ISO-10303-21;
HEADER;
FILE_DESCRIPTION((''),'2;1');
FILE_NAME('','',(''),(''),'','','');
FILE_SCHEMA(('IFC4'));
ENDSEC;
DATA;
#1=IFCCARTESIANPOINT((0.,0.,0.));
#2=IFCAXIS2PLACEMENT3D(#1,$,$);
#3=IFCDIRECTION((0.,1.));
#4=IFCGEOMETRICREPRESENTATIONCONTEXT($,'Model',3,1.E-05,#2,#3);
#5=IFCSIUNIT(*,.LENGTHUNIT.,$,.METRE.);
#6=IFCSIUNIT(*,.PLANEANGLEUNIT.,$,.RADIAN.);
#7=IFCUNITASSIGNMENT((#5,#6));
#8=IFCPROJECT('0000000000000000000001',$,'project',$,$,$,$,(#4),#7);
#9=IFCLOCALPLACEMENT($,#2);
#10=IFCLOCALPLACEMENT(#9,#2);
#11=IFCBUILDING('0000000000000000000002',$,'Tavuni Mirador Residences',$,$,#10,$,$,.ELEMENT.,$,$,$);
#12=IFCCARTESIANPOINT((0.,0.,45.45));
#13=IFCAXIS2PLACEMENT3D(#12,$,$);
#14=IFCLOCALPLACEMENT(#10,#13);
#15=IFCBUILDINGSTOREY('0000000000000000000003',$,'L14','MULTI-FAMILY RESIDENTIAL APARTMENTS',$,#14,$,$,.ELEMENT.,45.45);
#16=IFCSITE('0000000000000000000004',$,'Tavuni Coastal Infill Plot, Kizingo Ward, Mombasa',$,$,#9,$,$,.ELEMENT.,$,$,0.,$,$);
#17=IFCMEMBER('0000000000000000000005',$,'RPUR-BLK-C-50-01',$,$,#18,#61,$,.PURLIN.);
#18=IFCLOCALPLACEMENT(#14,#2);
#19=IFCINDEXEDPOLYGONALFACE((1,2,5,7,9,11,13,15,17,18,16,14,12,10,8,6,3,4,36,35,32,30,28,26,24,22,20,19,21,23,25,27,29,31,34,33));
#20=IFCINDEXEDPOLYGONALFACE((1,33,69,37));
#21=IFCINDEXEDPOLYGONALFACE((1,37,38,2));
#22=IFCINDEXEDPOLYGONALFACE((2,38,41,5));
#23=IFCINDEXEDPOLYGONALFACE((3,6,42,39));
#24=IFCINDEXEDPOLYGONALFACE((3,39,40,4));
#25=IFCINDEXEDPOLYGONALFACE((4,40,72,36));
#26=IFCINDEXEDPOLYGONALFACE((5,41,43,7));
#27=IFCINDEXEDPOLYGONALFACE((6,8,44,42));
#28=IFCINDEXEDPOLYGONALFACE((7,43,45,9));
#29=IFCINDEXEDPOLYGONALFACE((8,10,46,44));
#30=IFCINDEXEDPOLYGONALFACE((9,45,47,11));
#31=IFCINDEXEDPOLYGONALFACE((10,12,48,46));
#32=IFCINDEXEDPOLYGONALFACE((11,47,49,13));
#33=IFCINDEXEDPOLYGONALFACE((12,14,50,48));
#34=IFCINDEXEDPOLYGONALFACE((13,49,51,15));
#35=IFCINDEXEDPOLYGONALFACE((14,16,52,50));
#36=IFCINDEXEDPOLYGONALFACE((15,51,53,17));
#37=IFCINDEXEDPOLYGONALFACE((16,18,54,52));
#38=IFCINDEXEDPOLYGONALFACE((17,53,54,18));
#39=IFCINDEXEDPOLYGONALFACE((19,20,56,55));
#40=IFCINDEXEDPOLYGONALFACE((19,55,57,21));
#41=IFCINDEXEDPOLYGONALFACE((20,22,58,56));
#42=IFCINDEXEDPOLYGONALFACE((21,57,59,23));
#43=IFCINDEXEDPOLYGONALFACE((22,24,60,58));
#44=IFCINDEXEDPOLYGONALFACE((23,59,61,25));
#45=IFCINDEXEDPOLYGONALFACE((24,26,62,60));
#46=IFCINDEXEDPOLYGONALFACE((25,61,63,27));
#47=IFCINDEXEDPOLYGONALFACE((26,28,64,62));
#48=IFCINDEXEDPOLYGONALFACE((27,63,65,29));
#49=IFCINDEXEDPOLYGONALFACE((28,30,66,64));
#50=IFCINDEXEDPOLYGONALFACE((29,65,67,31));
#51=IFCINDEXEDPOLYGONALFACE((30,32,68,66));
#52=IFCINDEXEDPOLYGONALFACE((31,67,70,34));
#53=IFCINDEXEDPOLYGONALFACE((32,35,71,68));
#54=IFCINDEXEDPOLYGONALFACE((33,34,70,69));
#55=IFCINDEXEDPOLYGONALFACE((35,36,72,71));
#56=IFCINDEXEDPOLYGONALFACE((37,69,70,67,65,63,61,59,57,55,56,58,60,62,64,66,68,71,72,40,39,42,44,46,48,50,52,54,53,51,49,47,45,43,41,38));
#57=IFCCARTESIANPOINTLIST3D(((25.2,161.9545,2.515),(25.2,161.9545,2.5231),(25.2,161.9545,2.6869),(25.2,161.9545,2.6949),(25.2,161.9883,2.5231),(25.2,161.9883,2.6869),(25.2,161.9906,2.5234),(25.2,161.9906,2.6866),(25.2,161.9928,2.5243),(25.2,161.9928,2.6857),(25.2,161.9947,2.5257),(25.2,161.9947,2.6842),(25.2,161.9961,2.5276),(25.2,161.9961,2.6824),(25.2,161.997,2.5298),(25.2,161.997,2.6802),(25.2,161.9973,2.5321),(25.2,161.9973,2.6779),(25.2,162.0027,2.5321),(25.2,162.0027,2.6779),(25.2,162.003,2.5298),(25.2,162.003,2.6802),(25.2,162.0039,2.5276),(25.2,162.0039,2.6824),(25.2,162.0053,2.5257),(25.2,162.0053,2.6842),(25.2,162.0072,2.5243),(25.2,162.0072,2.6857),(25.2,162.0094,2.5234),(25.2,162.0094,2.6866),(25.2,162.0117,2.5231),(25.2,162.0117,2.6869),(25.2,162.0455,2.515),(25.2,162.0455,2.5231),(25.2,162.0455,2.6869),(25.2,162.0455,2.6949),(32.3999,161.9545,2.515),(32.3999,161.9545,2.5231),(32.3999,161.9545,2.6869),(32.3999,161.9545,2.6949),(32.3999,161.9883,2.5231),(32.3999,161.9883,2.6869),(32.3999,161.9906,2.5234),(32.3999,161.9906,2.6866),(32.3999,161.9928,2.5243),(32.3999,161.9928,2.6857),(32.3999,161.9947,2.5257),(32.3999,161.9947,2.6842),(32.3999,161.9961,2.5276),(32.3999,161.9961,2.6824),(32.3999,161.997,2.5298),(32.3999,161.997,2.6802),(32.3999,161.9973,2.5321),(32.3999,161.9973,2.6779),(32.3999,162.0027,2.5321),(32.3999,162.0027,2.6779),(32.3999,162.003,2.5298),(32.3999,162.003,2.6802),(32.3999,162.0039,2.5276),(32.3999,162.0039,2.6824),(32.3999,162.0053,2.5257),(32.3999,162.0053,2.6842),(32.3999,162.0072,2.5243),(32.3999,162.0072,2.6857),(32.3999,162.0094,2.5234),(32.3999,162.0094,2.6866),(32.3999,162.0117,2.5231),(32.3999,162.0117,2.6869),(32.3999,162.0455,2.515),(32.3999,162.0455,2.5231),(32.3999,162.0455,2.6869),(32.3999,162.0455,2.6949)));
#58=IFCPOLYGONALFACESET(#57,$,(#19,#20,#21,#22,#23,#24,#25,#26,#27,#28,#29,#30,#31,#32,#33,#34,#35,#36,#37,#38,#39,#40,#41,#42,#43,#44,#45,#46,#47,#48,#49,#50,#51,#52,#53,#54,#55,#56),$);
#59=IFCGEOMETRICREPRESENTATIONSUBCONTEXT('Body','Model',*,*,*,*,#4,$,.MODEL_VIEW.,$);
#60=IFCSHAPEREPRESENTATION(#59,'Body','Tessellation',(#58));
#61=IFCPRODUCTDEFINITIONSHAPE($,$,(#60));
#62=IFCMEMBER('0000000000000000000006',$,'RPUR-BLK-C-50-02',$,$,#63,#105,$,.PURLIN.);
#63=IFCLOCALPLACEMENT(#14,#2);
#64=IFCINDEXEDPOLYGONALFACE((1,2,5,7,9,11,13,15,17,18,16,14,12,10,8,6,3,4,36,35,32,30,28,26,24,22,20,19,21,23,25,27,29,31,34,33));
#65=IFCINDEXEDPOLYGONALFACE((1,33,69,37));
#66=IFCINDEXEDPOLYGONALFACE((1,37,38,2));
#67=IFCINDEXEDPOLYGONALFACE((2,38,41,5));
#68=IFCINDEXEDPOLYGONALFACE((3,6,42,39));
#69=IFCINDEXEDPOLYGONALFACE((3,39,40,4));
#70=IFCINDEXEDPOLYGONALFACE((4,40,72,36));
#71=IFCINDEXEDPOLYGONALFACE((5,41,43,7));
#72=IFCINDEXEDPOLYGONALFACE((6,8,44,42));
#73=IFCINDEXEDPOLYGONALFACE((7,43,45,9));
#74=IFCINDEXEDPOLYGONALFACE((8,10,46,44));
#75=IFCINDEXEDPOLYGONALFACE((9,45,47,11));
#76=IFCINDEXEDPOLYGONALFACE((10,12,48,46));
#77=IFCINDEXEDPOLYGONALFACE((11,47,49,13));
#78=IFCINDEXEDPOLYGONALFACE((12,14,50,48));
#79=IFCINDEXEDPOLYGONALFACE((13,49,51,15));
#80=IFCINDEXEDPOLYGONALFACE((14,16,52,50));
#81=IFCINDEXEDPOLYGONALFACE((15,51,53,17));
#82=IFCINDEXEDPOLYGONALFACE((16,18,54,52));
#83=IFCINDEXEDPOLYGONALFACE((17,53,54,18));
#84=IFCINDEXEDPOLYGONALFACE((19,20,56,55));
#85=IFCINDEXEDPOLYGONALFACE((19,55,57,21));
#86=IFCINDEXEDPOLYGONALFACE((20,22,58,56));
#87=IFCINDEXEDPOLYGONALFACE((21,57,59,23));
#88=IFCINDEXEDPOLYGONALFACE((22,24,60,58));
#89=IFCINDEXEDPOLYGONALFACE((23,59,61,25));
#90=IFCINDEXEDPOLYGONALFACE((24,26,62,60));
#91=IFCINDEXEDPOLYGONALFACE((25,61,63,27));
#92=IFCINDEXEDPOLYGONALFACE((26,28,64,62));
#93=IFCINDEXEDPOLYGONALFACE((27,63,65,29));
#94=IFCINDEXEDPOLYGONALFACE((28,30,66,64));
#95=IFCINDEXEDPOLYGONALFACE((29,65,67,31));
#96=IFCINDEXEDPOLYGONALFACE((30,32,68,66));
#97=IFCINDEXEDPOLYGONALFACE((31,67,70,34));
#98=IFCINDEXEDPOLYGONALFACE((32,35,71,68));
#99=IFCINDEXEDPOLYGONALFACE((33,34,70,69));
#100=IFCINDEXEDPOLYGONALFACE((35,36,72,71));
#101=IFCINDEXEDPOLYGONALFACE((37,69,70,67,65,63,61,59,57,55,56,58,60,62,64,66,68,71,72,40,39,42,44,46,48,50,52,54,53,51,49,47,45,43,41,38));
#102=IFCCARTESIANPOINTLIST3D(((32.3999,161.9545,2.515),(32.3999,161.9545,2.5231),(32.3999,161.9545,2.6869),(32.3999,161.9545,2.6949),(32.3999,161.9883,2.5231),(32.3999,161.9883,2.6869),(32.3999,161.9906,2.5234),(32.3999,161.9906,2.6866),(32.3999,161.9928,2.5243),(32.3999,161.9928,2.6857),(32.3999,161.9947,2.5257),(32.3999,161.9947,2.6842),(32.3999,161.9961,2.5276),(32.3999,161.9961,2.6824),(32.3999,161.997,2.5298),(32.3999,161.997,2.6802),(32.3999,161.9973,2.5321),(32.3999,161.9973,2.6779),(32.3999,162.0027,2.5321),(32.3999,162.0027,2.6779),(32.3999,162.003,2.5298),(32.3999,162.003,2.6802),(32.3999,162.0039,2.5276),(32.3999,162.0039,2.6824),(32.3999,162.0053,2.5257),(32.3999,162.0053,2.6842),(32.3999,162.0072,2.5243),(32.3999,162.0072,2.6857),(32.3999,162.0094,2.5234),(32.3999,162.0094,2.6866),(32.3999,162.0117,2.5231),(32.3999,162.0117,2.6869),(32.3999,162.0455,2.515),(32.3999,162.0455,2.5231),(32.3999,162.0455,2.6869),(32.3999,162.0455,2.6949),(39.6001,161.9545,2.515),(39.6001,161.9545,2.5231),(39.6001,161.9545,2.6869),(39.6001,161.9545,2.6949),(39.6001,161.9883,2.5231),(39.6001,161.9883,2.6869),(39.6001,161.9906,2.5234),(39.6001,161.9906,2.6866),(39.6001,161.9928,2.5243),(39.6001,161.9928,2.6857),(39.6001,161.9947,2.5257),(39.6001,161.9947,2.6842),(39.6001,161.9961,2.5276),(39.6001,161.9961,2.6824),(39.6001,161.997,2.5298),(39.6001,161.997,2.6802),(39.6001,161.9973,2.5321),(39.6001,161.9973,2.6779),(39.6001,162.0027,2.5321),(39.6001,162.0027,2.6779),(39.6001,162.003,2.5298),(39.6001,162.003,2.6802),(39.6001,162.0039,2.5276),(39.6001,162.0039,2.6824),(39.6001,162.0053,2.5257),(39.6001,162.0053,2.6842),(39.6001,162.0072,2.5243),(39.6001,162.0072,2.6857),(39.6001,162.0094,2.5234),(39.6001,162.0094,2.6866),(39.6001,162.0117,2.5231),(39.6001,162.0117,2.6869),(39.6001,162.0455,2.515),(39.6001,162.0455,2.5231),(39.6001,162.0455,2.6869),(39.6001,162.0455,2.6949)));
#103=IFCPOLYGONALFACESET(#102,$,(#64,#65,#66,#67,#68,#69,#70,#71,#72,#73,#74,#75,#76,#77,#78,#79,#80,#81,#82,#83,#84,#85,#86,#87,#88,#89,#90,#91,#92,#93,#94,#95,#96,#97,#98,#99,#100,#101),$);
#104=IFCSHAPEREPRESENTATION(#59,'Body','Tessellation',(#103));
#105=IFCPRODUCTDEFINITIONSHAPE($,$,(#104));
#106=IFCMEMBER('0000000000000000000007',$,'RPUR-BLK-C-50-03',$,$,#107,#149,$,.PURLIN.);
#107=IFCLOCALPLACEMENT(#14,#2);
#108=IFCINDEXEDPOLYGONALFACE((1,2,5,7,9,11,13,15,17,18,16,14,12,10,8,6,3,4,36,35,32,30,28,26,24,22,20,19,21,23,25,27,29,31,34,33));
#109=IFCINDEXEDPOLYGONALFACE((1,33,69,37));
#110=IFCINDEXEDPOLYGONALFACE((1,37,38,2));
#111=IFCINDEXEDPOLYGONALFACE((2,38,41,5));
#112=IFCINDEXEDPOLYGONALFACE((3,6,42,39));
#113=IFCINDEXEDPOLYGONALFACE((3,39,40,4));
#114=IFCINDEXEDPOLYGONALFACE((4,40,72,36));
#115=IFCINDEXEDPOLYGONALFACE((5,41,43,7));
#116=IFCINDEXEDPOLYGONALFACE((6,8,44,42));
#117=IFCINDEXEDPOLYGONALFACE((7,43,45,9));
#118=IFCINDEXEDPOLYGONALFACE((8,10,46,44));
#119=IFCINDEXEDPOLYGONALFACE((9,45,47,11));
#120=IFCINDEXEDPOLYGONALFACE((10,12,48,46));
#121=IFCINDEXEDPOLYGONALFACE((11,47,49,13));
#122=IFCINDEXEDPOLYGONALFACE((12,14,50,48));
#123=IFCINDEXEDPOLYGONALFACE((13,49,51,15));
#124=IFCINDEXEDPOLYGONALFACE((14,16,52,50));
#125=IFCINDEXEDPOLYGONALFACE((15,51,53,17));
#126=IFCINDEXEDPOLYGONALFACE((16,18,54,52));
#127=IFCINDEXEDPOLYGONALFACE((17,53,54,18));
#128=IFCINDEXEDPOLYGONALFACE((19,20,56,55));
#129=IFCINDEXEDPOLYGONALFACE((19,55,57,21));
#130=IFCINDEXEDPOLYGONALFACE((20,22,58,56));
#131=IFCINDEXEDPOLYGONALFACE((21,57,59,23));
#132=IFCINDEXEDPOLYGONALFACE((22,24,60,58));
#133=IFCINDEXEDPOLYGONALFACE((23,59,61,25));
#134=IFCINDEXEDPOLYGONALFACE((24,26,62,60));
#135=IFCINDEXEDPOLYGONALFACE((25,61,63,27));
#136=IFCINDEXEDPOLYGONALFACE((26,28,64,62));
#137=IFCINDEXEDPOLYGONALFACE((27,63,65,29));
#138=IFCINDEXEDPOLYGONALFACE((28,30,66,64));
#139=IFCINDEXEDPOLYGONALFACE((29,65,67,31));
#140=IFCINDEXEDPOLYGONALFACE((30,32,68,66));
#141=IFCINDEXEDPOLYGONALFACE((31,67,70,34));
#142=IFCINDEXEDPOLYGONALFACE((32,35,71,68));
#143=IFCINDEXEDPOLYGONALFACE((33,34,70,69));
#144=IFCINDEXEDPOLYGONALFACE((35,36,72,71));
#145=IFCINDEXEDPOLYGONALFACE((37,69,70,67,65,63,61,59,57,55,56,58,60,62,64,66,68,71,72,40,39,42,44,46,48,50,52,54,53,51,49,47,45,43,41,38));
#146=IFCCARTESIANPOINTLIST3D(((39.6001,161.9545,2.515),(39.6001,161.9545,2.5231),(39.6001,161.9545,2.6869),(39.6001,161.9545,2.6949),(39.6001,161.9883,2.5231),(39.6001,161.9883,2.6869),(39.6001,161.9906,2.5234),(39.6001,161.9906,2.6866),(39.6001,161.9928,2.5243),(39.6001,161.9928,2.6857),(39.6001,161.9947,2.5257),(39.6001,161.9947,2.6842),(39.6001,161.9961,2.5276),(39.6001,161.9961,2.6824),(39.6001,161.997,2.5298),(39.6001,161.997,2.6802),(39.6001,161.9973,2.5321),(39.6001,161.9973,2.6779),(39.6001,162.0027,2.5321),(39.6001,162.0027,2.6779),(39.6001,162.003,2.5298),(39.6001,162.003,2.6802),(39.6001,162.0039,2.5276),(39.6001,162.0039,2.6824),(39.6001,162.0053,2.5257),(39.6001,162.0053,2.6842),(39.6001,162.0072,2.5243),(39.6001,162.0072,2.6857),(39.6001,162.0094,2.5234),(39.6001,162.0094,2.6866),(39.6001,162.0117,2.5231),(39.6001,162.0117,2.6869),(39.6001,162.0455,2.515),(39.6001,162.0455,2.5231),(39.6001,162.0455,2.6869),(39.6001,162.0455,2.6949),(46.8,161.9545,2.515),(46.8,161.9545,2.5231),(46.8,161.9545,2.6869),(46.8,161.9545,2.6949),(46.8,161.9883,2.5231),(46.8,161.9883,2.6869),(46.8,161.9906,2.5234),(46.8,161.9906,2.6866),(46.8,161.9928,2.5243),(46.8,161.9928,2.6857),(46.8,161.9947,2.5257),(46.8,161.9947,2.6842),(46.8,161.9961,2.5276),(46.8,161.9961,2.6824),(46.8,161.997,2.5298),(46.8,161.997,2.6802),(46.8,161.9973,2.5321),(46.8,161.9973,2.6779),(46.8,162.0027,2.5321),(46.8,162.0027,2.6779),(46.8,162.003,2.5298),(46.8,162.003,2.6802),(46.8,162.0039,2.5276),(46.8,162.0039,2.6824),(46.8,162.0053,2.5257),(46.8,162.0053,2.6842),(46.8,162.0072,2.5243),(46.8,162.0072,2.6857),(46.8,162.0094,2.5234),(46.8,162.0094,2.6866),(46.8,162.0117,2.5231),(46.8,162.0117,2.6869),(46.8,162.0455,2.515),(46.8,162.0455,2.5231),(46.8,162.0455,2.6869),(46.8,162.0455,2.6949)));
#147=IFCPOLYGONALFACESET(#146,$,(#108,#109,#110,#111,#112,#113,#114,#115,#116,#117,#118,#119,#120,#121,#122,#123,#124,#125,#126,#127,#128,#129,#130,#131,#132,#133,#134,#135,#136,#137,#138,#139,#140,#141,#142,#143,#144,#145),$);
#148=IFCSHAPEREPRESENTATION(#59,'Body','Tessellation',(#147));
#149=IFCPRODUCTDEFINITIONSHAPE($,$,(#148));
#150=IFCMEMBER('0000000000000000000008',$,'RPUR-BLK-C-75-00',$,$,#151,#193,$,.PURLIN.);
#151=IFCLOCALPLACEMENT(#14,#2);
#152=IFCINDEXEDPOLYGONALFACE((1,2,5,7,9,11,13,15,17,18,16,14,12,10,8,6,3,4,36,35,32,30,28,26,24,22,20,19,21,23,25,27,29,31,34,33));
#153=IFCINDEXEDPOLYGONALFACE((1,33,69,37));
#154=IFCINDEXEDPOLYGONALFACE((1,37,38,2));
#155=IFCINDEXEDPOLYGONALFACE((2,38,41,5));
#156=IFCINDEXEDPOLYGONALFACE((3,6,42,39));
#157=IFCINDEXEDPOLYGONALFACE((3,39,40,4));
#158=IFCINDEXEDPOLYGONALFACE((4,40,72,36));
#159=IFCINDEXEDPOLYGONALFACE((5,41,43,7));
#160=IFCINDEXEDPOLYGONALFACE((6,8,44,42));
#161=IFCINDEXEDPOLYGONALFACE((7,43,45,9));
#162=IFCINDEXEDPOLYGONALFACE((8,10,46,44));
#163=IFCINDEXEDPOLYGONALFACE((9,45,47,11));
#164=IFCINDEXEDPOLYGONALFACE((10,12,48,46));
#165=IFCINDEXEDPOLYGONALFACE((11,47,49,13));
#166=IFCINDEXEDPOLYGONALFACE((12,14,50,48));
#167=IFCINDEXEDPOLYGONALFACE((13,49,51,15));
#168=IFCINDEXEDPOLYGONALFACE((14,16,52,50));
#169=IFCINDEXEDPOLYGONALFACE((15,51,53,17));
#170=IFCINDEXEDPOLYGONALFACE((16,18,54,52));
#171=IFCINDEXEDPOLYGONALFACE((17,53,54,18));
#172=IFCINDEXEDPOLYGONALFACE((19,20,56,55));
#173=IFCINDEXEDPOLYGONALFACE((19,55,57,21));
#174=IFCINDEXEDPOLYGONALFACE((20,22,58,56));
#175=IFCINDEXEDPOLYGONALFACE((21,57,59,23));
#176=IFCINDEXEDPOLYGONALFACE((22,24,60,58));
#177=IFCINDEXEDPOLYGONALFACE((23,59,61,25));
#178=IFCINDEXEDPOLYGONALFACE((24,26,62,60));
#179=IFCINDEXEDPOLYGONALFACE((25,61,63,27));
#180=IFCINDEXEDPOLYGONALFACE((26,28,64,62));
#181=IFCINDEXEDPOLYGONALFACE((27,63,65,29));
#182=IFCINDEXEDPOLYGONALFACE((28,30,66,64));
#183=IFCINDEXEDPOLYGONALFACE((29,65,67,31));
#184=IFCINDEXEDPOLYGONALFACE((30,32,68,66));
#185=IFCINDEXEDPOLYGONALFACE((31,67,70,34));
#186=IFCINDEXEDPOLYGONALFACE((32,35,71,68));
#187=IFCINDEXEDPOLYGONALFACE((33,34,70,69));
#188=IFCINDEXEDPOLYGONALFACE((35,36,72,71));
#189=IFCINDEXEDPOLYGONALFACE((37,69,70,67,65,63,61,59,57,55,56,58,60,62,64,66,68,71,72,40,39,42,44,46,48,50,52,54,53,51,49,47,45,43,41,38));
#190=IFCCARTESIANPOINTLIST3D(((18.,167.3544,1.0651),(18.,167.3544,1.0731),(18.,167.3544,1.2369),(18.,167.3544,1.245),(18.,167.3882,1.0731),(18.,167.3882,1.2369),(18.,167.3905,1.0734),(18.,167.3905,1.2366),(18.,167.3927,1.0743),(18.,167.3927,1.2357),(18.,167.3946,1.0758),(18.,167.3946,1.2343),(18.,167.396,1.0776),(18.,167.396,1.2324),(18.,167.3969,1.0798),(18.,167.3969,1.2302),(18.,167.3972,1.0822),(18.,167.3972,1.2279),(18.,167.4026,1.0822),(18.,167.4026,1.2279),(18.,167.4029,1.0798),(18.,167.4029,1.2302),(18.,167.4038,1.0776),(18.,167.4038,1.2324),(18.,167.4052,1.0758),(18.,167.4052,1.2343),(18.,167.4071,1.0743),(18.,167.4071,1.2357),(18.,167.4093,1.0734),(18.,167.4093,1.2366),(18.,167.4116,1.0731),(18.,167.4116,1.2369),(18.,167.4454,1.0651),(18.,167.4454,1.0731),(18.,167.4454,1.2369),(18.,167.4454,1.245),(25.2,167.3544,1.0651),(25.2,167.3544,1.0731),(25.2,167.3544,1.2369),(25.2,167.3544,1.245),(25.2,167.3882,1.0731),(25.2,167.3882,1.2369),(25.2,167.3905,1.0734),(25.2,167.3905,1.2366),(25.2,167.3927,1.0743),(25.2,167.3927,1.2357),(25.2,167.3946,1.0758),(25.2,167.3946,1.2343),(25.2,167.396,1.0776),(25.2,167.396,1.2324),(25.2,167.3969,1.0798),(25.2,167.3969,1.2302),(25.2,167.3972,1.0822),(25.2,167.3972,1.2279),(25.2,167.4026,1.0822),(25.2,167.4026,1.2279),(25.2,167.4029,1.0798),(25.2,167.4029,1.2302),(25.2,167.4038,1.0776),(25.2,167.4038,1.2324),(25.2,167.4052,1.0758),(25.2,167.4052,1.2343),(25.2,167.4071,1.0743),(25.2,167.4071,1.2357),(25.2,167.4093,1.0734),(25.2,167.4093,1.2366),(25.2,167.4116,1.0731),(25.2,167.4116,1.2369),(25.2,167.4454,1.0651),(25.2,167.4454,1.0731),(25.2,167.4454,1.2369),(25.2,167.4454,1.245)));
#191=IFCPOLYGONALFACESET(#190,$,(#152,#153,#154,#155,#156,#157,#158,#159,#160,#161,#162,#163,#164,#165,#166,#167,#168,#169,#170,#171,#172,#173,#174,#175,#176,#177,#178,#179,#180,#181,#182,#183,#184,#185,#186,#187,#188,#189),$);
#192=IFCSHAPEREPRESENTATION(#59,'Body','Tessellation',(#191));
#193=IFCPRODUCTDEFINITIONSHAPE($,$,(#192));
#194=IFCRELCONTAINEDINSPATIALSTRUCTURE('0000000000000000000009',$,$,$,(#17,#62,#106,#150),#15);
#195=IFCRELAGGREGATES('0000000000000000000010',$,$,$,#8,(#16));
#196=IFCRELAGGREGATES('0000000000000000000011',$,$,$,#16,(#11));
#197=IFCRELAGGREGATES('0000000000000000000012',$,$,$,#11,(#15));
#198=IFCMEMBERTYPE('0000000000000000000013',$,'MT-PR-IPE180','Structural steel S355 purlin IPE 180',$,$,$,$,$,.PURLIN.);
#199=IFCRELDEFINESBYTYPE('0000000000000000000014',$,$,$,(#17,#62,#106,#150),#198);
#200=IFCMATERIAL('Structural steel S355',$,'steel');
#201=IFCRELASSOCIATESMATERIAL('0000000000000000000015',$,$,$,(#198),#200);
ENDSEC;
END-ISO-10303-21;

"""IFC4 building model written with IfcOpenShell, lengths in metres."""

from ifc_helpers import new_model, si_unit, direction, frame, origin, origin_2d, place, context, subcontext, project, spatial, i_section, extrude, material, material_profile, profile_set, type_object, element, save


model = new_model("IFC4")

# Units and contexts
model_context = context("Model", 3, precision=1e-05, world=origin(), true_north=direction((0.0, 1.0)))
body_context = subcontext(model_context, "Body", "Model", "MODEL_VIEW")
ifc_project = project(units=[si_unit("LENGTHUNIT", "METRE"), si_unit("PLANEANGLEUNIT", "RADIAN")], contexts=[model_context])

# Site, building, storey
site_placement = place(None, origin())
site = spatial("IfcSite", under=ifc_project, at=site_placement, Name="Tavuni Coastal Infill Plot, Kizingo Ward, Mombasa", CompositionType="ELEMENT", RefElevation=0.0)
building_placement = place(site_placement, origin())
building = spatial("IfcBuilding", under=site, at=building_placement, Name="Tavuni Mirador Residences", CompositionType="ELEMENT")
storey_placement = place(building_placement, frame((0.0, 0.0, 45.45)))
storey = spatial("IfcBuildingStorey", under=building, at=storey_placement, Name="L14", Description="MULTI-FAMILY RESIDENTIAL APARTMENTS", CompositionType="ELEMENT", Elevation=45.45)

# Members
ifc_material_1 = material(Name="Structural steel S355", Category="steel")
ifc_material_profile_1 = material_profile(ifc_material_1, i_section(OverallWidth=0.0911, OverallDepth=0.1799, WebThickness=0.0054, FlangeThickness=0.0081, FilletRadius=0.009, at=origin_2d()), Name="IPE 180", Category="steel")
ifc_profile_set_1 = profile_set([ifc_material_profile_1], Name="Structural steel S355")
member_type_1 = type_object("IfcMemberType", Name="MT-PR-IPE180", Description="Structural steel S355 purlin IPE 180", PredefinedType="PURLIN", material=ifc_profile_set_1)
for number, where, z_axis, x_axis, name in (
    (1, (25.2, 162.0, 2.605), (1.0, 0.0, 0.0), (0.0, 1.0, 0.0), "RPUR-BLK-C-50-01"),
):
    element("IfcMember", number, at=place(storey_placement, frame(where, z_axis=z_axis, x_axis=x_axis)), inside=storey, type_object=member_type_1, Name=name, PredefinedType="PURLIN", context=body_context, shape_type="SweptSolid", body=[
        extrude(i_section(OverallWidth=0.0911, OverallDepth=0.1799, WebThickness=0.0054, FlangeThickness=0.0081, FilletRadius=0.009, at=origin_2d()), origin(), (0.0, 0.0, 1.0), 7.2),
    ])
member_1_placement = place(storey_placement, frame((32.3999, 162.0, 2.605), z_axis=(1.0, 0.0, 0.0), x_axis=(0.0, 1.0, 0.0)))
element("IfcMember", 2, at=member_1_placement, inside=storey, type_object=member_type_1, Name="RPUR-BLK-C-50-02", PredefinedType="PURLIN", context=body_context, shape_type="SweptSolid", body=[
    extrude(i_section(OverallWidth=0.0911, OverallDepth=0.1799, WebThickness=0.0054, FlangeThickness=0.0081, FilletRadius=0.009, at=origin_2d()), origin(), (0.0, 0.0, 1.0), 7.2002),
])
for number, where, z_axis, x_axis, name in (
    (3, (39.6001, 162.0, 2.605), (1.0, 0.0, 0.0), (0.0, 1.0, 0.0), "RPUR-BLK-C-50-03"),
    (4, (18.0, 167.3999, 1.155), (1.0, 0.0, 0.0), (0.0, 1.0, 0.0), "RPUR-BLK-C-75-00"),
):
    element("IfcMember", number, at=place(storey_placement, frame(where, z_axis=z_axis, x_axis=x_axis)), inside=storey, type_object=member_type_1, Name=name, PredefinedType="PURLIN", context=body_context, shape_type="SweptSolid", body=[
        extrude(i_section(OverallWidth=0.0911, OverallDepth=0.1799, WebThickness=0.0054, FlangeThickness=0.0081, FilletRadius=0.009, at=origin_2d()), origin(), (0.0, 0.0, 1.0), 7.2),
    ])

save(model, "model.ifc")
